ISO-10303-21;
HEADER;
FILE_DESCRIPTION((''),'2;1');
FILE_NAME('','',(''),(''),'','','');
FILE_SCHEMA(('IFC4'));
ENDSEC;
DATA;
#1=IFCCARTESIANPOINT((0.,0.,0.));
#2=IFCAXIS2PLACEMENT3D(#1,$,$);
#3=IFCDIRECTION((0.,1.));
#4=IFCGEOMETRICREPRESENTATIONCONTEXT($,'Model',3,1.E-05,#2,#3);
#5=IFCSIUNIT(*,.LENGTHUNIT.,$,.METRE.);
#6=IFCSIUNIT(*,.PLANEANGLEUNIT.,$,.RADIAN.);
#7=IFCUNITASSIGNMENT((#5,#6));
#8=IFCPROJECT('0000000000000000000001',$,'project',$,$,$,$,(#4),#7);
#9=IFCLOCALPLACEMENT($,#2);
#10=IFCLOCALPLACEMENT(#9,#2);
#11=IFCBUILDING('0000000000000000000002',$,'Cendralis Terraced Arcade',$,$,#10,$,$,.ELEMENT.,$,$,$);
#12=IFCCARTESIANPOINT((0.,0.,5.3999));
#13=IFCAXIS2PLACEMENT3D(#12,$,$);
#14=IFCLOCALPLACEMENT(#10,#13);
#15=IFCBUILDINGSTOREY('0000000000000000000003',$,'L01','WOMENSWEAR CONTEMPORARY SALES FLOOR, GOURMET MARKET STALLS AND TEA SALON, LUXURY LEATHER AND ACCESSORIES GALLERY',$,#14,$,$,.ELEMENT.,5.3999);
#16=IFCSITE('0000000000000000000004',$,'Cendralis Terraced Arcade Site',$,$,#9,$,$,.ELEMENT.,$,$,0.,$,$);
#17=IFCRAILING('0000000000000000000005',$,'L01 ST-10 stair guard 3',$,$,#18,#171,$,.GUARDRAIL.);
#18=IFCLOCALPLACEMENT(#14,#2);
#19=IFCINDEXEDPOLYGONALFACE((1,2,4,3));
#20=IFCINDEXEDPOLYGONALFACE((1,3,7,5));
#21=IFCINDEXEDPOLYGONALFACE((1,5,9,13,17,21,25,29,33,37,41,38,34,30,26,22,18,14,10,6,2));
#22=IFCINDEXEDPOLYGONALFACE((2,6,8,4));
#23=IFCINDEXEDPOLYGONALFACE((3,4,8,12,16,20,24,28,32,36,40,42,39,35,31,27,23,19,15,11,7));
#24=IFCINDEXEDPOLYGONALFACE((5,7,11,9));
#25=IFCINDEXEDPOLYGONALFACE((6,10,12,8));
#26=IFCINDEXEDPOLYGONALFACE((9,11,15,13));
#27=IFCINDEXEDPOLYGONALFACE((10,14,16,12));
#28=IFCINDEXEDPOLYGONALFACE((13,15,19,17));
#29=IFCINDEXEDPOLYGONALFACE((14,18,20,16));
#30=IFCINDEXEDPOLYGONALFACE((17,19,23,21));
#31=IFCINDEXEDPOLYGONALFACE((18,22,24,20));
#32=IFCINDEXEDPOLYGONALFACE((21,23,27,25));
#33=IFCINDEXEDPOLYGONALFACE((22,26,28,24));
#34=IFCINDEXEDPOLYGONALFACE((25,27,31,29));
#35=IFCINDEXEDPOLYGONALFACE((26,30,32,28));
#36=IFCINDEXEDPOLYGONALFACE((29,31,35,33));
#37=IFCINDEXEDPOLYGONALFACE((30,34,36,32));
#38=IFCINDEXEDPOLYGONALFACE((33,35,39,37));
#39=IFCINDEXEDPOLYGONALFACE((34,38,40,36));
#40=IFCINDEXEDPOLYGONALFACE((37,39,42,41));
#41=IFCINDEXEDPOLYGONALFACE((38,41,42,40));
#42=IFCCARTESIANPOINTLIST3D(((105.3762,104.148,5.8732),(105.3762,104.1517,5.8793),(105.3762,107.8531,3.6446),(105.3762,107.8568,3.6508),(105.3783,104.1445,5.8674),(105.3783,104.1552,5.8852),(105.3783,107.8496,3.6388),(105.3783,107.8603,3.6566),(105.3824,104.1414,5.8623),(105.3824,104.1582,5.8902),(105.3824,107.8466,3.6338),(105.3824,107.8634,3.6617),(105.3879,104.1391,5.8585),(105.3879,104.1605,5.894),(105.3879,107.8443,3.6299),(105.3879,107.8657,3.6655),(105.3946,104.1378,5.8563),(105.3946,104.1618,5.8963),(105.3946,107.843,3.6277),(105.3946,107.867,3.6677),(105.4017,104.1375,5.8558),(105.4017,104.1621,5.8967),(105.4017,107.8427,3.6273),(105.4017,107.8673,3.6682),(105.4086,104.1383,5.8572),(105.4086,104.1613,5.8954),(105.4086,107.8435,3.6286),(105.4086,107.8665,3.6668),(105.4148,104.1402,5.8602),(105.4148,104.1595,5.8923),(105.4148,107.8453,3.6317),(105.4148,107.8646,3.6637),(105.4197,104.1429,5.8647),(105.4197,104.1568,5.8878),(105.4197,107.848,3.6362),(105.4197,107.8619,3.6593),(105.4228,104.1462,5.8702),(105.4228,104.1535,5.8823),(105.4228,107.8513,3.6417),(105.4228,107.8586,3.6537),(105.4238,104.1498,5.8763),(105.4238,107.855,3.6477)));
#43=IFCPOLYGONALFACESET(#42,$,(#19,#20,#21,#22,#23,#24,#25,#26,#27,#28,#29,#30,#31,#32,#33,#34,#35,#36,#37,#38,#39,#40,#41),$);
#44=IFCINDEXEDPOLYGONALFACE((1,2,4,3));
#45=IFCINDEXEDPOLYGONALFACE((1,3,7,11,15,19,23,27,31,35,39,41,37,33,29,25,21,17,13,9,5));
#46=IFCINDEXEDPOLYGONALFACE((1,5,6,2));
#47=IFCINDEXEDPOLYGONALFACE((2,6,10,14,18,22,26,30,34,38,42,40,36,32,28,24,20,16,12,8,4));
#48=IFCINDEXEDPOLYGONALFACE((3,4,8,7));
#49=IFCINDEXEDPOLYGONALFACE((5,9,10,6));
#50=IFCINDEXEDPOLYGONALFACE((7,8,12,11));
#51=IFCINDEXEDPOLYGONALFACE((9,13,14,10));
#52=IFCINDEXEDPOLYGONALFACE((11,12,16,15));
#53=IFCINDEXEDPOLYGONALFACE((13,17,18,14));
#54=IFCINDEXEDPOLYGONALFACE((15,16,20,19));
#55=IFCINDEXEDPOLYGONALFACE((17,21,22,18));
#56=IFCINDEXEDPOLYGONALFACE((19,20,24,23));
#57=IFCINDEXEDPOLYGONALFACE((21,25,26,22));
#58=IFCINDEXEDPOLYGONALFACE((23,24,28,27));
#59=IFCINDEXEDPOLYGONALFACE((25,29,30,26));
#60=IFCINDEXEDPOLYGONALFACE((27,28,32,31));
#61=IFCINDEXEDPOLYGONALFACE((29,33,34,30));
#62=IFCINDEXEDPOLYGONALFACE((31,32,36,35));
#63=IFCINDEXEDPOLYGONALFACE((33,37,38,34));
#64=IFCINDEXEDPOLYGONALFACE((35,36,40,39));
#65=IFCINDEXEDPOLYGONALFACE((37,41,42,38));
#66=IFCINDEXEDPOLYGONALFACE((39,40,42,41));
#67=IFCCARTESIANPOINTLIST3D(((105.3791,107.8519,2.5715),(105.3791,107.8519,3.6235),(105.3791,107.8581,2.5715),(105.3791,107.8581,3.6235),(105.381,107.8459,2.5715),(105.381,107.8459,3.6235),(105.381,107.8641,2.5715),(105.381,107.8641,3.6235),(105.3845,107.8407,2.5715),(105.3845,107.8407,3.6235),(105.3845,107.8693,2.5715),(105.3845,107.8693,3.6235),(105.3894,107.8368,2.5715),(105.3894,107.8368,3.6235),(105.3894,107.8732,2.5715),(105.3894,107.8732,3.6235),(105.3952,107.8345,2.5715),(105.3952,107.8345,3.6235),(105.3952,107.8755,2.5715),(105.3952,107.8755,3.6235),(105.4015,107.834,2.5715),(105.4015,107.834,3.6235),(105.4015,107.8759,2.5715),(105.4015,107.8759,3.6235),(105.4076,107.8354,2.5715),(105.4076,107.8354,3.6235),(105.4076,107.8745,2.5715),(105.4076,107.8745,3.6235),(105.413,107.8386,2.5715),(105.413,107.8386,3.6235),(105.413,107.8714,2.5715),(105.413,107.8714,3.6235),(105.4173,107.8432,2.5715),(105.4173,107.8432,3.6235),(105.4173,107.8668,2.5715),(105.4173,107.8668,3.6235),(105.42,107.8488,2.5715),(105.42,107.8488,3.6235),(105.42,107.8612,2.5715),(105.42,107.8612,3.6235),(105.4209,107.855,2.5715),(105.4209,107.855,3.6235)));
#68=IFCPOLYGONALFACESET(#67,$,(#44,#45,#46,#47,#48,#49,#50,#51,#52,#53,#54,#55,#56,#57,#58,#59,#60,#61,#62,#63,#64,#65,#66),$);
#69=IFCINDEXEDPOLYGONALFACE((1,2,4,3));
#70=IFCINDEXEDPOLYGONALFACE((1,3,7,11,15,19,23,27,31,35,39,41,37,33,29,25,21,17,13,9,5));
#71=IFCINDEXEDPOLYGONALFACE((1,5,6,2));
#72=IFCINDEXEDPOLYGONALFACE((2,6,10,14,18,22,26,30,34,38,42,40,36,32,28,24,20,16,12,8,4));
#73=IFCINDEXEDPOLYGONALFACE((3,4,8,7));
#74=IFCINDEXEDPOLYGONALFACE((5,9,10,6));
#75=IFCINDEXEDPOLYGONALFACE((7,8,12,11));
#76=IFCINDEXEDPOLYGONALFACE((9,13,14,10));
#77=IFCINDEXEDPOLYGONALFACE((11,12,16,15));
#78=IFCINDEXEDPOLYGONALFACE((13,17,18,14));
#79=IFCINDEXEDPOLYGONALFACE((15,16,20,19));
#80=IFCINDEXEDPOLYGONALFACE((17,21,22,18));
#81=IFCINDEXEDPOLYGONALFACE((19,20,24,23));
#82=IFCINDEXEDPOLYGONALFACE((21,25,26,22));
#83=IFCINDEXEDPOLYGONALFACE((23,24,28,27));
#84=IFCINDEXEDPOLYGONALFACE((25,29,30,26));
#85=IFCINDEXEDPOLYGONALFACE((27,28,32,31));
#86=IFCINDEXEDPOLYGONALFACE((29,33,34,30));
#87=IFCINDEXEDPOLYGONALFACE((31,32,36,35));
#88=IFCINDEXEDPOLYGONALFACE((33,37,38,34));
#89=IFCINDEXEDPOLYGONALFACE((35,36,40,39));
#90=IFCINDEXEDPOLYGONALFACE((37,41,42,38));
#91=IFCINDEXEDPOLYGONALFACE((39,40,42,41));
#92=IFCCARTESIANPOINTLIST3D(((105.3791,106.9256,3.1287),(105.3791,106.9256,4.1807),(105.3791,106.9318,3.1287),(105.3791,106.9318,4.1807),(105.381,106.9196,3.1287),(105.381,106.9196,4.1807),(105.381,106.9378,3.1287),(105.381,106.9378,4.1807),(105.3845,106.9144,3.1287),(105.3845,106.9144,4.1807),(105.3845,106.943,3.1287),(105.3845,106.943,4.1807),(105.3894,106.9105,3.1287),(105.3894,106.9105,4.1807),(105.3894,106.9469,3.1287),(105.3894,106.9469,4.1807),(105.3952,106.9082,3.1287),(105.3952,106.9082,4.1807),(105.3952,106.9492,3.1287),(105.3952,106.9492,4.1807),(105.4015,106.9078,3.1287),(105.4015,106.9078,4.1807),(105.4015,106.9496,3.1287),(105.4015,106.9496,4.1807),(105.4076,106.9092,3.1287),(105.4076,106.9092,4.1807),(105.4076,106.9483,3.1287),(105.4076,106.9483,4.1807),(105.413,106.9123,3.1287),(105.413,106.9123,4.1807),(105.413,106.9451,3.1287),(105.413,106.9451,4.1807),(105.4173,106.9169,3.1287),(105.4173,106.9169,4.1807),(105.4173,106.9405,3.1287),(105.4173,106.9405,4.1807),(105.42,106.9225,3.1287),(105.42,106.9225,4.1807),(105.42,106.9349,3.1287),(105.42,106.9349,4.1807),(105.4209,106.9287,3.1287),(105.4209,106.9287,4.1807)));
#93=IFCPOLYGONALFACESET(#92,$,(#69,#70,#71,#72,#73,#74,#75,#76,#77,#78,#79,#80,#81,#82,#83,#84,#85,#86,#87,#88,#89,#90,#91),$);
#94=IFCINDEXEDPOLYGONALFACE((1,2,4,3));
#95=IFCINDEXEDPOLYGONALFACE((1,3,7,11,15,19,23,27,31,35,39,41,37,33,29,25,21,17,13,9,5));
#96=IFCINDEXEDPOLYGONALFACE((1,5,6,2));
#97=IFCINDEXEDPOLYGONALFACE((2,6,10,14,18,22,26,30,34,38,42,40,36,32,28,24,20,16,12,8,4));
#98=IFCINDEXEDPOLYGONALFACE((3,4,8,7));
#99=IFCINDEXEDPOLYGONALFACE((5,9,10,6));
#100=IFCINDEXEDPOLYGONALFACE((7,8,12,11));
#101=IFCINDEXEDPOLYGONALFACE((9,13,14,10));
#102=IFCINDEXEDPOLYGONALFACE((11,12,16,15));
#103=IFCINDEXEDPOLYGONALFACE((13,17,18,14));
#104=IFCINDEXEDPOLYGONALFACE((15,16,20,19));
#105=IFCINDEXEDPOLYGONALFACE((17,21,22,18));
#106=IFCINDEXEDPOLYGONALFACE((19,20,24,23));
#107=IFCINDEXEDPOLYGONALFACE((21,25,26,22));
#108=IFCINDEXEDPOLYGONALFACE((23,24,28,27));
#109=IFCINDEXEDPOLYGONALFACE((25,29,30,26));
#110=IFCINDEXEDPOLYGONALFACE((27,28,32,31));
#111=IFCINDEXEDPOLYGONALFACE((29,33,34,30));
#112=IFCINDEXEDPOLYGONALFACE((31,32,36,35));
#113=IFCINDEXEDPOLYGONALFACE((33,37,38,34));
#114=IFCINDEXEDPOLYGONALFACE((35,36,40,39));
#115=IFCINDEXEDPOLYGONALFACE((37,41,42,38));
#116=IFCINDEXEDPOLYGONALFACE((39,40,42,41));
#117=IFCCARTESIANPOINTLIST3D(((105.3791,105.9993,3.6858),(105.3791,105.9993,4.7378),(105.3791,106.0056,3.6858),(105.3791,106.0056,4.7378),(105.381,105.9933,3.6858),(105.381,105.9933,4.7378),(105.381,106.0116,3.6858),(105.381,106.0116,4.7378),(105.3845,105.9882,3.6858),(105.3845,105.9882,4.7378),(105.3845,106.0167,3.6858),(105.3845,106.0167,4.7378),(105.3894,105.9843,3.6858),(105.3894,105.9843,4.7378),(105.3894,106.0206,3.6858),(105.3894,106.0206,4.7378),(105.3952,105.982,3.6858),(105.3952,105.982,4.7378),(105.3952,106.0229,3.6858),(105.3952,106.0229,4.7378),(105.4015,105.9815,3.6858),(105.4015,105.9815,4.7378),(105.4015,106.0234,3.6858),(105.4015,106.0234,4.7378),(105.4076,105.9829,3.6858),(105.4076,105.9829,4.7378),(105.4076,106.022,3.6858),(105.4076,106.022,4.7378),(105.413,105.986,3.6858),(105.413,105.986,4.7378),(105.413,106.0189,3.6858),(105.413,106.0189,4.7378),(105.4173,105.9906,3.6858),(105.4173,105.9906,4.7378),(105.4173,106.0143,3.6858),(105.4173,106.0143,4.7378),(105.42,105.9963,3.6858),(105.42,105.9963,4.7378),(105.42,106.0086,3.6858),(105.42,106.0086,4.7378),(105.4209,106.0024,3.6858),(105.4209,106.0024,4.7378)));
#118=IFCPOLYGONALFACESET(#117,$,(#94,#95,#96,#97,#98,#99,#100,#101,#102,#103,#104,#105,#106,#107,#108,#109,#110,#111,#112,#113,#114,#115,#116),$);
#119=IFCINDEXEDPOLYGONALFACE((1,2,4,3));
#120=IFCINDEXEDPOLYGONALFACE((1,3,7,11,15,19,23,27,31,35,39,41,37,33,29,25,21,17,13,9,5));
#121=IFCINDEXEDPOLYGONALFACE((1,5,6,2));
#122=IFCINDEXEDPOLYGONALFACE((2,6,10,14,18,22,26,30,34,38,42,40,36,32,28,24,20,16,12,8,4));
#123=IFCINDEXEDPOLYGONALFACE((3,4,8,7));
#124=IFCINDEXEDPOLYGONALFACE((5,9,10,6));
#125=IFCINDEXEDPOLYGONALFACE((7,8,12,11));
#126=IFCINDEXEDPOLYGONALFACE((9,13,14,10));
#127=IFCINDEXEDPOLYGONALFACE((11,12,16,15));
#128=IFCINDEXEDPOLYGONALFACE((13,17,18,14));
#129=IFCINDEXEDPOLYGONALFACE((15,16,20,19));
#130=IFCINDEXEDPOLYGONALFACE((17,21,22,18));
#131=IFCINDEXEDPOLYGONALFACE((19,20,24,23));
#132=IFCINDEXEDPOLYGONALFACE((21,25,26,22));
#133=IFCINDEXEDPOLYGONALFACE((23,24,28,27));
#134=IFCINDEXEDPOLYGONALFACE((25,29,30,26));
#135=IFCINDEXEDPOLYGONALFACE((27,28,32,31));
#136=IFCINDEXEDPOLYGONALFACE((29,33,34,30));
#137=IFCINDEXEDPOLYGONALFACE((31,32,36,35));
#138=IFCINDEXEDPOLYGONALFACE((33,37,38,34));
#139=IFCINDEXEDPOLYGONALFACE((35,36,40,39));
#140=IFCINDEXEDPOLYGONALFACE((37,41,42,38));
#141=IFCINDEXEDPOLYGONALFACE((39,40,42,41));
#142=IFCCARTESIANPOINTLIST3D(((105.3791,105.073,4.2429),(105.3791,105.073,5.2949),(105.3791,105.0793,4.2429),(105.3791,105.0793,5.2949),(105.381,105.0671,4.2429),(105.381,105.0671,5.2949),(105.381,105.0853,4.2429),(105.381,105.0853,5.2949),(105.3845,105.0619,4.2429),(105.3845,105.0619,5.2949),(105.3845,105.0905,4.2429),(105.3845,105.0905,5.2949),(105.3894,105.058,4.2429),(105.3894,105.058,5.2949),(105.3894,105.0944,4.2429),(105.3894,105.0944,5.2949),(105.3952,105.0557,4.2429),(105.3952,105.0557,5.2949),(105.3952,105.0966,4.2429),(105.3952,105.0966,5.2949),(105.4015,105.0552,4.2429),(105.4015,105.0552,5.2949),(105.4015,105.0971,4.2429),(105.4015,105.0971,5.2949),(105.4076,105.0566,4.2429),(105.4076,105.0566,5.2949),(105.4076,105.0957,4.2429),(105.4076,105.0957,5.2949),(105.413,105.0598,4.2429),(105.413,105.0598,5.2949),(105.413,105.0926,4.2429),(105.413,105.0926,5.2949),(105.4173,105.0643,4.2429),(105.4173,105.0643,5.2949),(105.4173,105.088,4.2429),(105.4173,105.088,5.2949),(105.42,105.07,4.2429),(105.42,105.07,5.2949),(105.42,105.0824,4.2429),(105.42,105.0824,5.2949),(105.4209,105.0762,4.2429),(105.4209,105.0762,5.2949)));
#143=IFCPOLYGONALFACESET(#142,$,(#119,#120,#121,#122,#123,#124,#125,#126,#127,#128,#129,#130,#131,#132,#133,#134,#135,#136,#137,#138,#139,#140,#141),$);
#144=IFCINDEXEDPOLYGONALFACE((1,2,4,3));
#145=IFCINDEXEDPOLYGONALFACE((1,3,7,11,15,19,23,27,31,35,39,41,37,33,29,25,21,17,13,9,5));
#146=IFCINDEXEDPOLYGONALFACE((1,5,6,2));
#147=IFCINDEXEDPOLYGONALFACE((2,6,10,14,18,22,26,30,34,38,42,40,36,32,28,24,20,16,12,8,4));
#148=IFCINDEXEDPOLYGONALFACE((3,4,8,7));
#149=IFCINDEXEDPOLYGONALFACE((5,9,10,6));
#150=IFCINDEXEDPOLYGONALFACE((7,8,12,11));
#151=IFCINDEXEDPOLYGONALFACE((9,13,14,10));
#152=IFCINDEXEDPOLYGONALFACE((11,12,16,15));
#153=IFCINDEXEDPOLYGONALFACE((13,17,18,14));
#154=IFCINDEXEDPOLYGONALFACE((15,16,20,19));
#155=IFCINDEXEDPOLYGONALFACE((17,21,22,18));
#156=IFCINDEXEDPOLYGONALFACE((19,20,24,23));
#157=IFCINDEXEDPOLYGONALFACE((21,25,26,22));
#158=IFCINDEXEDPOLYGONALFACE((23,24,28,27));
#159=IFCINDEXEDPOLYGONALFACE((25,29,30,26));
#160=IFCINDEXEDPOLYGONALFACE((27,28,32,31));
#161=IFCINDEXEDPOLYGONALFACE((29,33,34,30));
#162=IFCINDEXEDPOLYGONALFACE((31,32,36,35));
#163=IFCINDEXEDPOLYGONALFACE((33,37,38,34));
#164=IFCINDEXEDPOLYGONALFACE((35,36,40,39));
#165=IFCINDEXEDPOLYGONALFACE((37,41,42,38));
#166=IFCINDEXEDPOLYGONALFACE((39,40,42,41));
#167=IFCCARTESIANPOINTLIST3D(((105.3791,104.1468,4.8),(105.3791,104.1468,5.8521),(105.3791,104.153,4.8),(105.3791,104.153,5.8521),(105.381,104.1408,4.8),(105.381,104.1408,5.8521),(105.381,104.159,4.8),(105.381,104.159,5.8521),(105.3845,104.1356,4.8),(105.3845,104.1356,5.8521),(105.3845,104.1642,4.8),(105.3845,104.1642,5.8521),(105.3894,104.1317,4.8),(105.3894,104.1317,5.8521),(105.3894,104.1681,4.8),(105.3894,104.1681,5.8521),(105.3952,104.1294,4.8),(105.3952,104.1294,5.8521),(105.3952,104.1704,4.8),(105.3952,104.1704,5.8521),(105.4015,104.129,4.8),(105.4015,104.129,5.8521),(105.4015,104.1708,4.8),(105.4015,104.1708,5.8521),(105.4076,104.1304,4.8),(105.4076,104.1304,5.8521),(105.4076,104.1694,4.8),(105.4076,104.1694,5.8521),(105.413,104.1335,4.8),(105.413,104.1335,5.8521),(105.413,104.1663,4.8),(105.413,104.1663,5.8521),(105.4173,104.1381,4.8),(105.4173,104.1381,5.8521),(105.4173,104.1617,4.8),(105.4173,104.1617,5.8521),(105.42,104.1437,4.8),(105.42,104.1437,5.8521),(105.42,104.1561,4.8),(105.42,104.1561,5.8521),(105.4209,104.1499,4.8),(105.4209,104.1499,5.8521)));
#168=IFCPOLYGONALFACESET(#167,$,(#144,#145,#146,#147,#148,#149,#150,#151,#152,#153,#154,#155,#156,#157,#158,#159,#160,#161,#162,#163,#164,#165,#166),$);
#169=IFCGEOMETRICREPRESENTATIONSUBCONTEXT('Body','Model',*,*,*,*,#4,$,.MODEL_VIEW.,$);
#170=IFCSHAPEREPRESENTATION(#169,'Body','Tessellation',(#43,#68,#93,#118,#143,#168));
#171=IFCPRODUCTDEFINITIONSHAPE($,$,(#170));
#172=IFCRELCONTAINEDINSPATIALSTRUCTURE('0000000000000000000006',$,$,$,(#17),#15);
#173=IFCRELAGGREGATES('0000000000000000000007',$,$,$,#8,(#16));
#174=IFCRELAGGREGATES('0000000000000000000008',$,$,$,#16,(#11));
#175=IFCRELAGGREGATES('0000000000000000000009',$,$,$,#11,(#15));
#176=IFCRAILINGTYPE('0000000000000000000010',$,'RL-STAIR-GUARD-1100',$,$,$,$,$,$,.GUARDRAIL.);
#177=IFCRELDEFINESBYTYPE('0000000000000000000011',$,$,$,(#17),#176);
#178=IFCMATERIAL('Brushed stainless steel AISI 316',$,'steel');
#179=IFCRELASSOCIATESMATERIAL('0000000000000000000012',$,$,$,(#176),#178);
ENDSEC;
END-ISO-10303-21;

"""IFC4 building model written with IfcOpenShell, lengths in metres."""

from ifc_helpers import new_model, si_unit, direction, frame, origin, origin_2d, place, context, subcontext, project, spatial, circle, extrude, material, type_object, element, save


model = new_model("IFC4")

# Units and contexts
model_context = context("Model", 3, precision=1e-05, world=origin(), true_north=direction((0.0, 1.0)))
body_context = subcontext(model_context, "Body", "Model", "MODEL_VIEW")
ifc_project = project(units=[si_unit("LENGTHUNIT", "METRE"), si_unit("PLANEANGLEUNIT", "RADIAN")], contexts=[model_context])

# Site, building, storey
site_placement = place(None, origin())
site = spatial("IfcSite", under=ifc_project, at=site_placement, Name="Cendralis Terraced Arcade Site", CompositionType="ELEMENT", RefElevation=0.0)
building_placement = place(site_placement, origin())
building = spatial("IfcBuilding", under=site, at=building_placement, Name="Cendralis Terraced Arcade", CompositionType="ELEMENT")
storey_placement = place(building_placement, frame((0.0, 0.0, 5.3999)))
storey = spatial("IfcBuildingStorey", under=building, at=storey_placement, Name="L01", Description="WOMENSWEAR CONTEMPORARY SALES FLOOR, GOURMET MARKET STALLS AND TEA SALON, LUXURY LEATHER AND ACCESSORIES GALLERY", CompositionType="ELEMENT", Elevation=5.3999)

# Railing
ifc_material_1 = material(Name="Brushed stainless steel AISI 316", Category="steel")
railing_type_1 = type_object("IfcRailingType", Name="RL-STAIR-GUARD-1100", PredefinedType="GUARDRAIL", material=ifc_material_1)
railing_1_placement = place(storey_placement, frame((105.3999, 107.855, 2.5715)))
element("IfcRailing", 1, at=railing_1_placement, inside=storey, type_object=railing_type_1, Name="L01 ST-10 stair guard 3", PredefinedType="GUARDRAIL", context=body_context, shape_type="SweptSolid", body=[
    extrude(circle(Radius=0.0239, at=origin_2d()), frame((0.0, 0.0, 1.0762), z_axis=(0.0, -0.856934, 0.515425), x_axis=(1.0, 0.0, 0.0)), (0.0, 0.0, 1.0), 4.3237),
    extrude(circle(Radius=0.021, at=origin_2d()), origin(), (0.0, 0.0, 1.0), 1.052),
    extrude(circle(Radius=0.021, at=origin_2d()), frame((0.0, -0.9263, 0.5571)), (0.0, 0.0, 1.0), 1.052),
    extrude(circle(Radius=0.021, at=origin_2d()), frame((0.0, -1.8525, 1.1143)), (0.0, 0.0, 1.0), 1.052),
    extrude(circle(Radius=0.021, at=origin_2d()), frame((0.0, -2.7788, 1.6714)), (0.0, 0.0, 1.0), 1.052),
    extrude(circle(Radius=0.021, at=origin_2d()), frame((0.0, -3.7051, 2.2285)), (0.0, 0.0, 1.0), 1.052),
])

save(model, "model.ifc")
